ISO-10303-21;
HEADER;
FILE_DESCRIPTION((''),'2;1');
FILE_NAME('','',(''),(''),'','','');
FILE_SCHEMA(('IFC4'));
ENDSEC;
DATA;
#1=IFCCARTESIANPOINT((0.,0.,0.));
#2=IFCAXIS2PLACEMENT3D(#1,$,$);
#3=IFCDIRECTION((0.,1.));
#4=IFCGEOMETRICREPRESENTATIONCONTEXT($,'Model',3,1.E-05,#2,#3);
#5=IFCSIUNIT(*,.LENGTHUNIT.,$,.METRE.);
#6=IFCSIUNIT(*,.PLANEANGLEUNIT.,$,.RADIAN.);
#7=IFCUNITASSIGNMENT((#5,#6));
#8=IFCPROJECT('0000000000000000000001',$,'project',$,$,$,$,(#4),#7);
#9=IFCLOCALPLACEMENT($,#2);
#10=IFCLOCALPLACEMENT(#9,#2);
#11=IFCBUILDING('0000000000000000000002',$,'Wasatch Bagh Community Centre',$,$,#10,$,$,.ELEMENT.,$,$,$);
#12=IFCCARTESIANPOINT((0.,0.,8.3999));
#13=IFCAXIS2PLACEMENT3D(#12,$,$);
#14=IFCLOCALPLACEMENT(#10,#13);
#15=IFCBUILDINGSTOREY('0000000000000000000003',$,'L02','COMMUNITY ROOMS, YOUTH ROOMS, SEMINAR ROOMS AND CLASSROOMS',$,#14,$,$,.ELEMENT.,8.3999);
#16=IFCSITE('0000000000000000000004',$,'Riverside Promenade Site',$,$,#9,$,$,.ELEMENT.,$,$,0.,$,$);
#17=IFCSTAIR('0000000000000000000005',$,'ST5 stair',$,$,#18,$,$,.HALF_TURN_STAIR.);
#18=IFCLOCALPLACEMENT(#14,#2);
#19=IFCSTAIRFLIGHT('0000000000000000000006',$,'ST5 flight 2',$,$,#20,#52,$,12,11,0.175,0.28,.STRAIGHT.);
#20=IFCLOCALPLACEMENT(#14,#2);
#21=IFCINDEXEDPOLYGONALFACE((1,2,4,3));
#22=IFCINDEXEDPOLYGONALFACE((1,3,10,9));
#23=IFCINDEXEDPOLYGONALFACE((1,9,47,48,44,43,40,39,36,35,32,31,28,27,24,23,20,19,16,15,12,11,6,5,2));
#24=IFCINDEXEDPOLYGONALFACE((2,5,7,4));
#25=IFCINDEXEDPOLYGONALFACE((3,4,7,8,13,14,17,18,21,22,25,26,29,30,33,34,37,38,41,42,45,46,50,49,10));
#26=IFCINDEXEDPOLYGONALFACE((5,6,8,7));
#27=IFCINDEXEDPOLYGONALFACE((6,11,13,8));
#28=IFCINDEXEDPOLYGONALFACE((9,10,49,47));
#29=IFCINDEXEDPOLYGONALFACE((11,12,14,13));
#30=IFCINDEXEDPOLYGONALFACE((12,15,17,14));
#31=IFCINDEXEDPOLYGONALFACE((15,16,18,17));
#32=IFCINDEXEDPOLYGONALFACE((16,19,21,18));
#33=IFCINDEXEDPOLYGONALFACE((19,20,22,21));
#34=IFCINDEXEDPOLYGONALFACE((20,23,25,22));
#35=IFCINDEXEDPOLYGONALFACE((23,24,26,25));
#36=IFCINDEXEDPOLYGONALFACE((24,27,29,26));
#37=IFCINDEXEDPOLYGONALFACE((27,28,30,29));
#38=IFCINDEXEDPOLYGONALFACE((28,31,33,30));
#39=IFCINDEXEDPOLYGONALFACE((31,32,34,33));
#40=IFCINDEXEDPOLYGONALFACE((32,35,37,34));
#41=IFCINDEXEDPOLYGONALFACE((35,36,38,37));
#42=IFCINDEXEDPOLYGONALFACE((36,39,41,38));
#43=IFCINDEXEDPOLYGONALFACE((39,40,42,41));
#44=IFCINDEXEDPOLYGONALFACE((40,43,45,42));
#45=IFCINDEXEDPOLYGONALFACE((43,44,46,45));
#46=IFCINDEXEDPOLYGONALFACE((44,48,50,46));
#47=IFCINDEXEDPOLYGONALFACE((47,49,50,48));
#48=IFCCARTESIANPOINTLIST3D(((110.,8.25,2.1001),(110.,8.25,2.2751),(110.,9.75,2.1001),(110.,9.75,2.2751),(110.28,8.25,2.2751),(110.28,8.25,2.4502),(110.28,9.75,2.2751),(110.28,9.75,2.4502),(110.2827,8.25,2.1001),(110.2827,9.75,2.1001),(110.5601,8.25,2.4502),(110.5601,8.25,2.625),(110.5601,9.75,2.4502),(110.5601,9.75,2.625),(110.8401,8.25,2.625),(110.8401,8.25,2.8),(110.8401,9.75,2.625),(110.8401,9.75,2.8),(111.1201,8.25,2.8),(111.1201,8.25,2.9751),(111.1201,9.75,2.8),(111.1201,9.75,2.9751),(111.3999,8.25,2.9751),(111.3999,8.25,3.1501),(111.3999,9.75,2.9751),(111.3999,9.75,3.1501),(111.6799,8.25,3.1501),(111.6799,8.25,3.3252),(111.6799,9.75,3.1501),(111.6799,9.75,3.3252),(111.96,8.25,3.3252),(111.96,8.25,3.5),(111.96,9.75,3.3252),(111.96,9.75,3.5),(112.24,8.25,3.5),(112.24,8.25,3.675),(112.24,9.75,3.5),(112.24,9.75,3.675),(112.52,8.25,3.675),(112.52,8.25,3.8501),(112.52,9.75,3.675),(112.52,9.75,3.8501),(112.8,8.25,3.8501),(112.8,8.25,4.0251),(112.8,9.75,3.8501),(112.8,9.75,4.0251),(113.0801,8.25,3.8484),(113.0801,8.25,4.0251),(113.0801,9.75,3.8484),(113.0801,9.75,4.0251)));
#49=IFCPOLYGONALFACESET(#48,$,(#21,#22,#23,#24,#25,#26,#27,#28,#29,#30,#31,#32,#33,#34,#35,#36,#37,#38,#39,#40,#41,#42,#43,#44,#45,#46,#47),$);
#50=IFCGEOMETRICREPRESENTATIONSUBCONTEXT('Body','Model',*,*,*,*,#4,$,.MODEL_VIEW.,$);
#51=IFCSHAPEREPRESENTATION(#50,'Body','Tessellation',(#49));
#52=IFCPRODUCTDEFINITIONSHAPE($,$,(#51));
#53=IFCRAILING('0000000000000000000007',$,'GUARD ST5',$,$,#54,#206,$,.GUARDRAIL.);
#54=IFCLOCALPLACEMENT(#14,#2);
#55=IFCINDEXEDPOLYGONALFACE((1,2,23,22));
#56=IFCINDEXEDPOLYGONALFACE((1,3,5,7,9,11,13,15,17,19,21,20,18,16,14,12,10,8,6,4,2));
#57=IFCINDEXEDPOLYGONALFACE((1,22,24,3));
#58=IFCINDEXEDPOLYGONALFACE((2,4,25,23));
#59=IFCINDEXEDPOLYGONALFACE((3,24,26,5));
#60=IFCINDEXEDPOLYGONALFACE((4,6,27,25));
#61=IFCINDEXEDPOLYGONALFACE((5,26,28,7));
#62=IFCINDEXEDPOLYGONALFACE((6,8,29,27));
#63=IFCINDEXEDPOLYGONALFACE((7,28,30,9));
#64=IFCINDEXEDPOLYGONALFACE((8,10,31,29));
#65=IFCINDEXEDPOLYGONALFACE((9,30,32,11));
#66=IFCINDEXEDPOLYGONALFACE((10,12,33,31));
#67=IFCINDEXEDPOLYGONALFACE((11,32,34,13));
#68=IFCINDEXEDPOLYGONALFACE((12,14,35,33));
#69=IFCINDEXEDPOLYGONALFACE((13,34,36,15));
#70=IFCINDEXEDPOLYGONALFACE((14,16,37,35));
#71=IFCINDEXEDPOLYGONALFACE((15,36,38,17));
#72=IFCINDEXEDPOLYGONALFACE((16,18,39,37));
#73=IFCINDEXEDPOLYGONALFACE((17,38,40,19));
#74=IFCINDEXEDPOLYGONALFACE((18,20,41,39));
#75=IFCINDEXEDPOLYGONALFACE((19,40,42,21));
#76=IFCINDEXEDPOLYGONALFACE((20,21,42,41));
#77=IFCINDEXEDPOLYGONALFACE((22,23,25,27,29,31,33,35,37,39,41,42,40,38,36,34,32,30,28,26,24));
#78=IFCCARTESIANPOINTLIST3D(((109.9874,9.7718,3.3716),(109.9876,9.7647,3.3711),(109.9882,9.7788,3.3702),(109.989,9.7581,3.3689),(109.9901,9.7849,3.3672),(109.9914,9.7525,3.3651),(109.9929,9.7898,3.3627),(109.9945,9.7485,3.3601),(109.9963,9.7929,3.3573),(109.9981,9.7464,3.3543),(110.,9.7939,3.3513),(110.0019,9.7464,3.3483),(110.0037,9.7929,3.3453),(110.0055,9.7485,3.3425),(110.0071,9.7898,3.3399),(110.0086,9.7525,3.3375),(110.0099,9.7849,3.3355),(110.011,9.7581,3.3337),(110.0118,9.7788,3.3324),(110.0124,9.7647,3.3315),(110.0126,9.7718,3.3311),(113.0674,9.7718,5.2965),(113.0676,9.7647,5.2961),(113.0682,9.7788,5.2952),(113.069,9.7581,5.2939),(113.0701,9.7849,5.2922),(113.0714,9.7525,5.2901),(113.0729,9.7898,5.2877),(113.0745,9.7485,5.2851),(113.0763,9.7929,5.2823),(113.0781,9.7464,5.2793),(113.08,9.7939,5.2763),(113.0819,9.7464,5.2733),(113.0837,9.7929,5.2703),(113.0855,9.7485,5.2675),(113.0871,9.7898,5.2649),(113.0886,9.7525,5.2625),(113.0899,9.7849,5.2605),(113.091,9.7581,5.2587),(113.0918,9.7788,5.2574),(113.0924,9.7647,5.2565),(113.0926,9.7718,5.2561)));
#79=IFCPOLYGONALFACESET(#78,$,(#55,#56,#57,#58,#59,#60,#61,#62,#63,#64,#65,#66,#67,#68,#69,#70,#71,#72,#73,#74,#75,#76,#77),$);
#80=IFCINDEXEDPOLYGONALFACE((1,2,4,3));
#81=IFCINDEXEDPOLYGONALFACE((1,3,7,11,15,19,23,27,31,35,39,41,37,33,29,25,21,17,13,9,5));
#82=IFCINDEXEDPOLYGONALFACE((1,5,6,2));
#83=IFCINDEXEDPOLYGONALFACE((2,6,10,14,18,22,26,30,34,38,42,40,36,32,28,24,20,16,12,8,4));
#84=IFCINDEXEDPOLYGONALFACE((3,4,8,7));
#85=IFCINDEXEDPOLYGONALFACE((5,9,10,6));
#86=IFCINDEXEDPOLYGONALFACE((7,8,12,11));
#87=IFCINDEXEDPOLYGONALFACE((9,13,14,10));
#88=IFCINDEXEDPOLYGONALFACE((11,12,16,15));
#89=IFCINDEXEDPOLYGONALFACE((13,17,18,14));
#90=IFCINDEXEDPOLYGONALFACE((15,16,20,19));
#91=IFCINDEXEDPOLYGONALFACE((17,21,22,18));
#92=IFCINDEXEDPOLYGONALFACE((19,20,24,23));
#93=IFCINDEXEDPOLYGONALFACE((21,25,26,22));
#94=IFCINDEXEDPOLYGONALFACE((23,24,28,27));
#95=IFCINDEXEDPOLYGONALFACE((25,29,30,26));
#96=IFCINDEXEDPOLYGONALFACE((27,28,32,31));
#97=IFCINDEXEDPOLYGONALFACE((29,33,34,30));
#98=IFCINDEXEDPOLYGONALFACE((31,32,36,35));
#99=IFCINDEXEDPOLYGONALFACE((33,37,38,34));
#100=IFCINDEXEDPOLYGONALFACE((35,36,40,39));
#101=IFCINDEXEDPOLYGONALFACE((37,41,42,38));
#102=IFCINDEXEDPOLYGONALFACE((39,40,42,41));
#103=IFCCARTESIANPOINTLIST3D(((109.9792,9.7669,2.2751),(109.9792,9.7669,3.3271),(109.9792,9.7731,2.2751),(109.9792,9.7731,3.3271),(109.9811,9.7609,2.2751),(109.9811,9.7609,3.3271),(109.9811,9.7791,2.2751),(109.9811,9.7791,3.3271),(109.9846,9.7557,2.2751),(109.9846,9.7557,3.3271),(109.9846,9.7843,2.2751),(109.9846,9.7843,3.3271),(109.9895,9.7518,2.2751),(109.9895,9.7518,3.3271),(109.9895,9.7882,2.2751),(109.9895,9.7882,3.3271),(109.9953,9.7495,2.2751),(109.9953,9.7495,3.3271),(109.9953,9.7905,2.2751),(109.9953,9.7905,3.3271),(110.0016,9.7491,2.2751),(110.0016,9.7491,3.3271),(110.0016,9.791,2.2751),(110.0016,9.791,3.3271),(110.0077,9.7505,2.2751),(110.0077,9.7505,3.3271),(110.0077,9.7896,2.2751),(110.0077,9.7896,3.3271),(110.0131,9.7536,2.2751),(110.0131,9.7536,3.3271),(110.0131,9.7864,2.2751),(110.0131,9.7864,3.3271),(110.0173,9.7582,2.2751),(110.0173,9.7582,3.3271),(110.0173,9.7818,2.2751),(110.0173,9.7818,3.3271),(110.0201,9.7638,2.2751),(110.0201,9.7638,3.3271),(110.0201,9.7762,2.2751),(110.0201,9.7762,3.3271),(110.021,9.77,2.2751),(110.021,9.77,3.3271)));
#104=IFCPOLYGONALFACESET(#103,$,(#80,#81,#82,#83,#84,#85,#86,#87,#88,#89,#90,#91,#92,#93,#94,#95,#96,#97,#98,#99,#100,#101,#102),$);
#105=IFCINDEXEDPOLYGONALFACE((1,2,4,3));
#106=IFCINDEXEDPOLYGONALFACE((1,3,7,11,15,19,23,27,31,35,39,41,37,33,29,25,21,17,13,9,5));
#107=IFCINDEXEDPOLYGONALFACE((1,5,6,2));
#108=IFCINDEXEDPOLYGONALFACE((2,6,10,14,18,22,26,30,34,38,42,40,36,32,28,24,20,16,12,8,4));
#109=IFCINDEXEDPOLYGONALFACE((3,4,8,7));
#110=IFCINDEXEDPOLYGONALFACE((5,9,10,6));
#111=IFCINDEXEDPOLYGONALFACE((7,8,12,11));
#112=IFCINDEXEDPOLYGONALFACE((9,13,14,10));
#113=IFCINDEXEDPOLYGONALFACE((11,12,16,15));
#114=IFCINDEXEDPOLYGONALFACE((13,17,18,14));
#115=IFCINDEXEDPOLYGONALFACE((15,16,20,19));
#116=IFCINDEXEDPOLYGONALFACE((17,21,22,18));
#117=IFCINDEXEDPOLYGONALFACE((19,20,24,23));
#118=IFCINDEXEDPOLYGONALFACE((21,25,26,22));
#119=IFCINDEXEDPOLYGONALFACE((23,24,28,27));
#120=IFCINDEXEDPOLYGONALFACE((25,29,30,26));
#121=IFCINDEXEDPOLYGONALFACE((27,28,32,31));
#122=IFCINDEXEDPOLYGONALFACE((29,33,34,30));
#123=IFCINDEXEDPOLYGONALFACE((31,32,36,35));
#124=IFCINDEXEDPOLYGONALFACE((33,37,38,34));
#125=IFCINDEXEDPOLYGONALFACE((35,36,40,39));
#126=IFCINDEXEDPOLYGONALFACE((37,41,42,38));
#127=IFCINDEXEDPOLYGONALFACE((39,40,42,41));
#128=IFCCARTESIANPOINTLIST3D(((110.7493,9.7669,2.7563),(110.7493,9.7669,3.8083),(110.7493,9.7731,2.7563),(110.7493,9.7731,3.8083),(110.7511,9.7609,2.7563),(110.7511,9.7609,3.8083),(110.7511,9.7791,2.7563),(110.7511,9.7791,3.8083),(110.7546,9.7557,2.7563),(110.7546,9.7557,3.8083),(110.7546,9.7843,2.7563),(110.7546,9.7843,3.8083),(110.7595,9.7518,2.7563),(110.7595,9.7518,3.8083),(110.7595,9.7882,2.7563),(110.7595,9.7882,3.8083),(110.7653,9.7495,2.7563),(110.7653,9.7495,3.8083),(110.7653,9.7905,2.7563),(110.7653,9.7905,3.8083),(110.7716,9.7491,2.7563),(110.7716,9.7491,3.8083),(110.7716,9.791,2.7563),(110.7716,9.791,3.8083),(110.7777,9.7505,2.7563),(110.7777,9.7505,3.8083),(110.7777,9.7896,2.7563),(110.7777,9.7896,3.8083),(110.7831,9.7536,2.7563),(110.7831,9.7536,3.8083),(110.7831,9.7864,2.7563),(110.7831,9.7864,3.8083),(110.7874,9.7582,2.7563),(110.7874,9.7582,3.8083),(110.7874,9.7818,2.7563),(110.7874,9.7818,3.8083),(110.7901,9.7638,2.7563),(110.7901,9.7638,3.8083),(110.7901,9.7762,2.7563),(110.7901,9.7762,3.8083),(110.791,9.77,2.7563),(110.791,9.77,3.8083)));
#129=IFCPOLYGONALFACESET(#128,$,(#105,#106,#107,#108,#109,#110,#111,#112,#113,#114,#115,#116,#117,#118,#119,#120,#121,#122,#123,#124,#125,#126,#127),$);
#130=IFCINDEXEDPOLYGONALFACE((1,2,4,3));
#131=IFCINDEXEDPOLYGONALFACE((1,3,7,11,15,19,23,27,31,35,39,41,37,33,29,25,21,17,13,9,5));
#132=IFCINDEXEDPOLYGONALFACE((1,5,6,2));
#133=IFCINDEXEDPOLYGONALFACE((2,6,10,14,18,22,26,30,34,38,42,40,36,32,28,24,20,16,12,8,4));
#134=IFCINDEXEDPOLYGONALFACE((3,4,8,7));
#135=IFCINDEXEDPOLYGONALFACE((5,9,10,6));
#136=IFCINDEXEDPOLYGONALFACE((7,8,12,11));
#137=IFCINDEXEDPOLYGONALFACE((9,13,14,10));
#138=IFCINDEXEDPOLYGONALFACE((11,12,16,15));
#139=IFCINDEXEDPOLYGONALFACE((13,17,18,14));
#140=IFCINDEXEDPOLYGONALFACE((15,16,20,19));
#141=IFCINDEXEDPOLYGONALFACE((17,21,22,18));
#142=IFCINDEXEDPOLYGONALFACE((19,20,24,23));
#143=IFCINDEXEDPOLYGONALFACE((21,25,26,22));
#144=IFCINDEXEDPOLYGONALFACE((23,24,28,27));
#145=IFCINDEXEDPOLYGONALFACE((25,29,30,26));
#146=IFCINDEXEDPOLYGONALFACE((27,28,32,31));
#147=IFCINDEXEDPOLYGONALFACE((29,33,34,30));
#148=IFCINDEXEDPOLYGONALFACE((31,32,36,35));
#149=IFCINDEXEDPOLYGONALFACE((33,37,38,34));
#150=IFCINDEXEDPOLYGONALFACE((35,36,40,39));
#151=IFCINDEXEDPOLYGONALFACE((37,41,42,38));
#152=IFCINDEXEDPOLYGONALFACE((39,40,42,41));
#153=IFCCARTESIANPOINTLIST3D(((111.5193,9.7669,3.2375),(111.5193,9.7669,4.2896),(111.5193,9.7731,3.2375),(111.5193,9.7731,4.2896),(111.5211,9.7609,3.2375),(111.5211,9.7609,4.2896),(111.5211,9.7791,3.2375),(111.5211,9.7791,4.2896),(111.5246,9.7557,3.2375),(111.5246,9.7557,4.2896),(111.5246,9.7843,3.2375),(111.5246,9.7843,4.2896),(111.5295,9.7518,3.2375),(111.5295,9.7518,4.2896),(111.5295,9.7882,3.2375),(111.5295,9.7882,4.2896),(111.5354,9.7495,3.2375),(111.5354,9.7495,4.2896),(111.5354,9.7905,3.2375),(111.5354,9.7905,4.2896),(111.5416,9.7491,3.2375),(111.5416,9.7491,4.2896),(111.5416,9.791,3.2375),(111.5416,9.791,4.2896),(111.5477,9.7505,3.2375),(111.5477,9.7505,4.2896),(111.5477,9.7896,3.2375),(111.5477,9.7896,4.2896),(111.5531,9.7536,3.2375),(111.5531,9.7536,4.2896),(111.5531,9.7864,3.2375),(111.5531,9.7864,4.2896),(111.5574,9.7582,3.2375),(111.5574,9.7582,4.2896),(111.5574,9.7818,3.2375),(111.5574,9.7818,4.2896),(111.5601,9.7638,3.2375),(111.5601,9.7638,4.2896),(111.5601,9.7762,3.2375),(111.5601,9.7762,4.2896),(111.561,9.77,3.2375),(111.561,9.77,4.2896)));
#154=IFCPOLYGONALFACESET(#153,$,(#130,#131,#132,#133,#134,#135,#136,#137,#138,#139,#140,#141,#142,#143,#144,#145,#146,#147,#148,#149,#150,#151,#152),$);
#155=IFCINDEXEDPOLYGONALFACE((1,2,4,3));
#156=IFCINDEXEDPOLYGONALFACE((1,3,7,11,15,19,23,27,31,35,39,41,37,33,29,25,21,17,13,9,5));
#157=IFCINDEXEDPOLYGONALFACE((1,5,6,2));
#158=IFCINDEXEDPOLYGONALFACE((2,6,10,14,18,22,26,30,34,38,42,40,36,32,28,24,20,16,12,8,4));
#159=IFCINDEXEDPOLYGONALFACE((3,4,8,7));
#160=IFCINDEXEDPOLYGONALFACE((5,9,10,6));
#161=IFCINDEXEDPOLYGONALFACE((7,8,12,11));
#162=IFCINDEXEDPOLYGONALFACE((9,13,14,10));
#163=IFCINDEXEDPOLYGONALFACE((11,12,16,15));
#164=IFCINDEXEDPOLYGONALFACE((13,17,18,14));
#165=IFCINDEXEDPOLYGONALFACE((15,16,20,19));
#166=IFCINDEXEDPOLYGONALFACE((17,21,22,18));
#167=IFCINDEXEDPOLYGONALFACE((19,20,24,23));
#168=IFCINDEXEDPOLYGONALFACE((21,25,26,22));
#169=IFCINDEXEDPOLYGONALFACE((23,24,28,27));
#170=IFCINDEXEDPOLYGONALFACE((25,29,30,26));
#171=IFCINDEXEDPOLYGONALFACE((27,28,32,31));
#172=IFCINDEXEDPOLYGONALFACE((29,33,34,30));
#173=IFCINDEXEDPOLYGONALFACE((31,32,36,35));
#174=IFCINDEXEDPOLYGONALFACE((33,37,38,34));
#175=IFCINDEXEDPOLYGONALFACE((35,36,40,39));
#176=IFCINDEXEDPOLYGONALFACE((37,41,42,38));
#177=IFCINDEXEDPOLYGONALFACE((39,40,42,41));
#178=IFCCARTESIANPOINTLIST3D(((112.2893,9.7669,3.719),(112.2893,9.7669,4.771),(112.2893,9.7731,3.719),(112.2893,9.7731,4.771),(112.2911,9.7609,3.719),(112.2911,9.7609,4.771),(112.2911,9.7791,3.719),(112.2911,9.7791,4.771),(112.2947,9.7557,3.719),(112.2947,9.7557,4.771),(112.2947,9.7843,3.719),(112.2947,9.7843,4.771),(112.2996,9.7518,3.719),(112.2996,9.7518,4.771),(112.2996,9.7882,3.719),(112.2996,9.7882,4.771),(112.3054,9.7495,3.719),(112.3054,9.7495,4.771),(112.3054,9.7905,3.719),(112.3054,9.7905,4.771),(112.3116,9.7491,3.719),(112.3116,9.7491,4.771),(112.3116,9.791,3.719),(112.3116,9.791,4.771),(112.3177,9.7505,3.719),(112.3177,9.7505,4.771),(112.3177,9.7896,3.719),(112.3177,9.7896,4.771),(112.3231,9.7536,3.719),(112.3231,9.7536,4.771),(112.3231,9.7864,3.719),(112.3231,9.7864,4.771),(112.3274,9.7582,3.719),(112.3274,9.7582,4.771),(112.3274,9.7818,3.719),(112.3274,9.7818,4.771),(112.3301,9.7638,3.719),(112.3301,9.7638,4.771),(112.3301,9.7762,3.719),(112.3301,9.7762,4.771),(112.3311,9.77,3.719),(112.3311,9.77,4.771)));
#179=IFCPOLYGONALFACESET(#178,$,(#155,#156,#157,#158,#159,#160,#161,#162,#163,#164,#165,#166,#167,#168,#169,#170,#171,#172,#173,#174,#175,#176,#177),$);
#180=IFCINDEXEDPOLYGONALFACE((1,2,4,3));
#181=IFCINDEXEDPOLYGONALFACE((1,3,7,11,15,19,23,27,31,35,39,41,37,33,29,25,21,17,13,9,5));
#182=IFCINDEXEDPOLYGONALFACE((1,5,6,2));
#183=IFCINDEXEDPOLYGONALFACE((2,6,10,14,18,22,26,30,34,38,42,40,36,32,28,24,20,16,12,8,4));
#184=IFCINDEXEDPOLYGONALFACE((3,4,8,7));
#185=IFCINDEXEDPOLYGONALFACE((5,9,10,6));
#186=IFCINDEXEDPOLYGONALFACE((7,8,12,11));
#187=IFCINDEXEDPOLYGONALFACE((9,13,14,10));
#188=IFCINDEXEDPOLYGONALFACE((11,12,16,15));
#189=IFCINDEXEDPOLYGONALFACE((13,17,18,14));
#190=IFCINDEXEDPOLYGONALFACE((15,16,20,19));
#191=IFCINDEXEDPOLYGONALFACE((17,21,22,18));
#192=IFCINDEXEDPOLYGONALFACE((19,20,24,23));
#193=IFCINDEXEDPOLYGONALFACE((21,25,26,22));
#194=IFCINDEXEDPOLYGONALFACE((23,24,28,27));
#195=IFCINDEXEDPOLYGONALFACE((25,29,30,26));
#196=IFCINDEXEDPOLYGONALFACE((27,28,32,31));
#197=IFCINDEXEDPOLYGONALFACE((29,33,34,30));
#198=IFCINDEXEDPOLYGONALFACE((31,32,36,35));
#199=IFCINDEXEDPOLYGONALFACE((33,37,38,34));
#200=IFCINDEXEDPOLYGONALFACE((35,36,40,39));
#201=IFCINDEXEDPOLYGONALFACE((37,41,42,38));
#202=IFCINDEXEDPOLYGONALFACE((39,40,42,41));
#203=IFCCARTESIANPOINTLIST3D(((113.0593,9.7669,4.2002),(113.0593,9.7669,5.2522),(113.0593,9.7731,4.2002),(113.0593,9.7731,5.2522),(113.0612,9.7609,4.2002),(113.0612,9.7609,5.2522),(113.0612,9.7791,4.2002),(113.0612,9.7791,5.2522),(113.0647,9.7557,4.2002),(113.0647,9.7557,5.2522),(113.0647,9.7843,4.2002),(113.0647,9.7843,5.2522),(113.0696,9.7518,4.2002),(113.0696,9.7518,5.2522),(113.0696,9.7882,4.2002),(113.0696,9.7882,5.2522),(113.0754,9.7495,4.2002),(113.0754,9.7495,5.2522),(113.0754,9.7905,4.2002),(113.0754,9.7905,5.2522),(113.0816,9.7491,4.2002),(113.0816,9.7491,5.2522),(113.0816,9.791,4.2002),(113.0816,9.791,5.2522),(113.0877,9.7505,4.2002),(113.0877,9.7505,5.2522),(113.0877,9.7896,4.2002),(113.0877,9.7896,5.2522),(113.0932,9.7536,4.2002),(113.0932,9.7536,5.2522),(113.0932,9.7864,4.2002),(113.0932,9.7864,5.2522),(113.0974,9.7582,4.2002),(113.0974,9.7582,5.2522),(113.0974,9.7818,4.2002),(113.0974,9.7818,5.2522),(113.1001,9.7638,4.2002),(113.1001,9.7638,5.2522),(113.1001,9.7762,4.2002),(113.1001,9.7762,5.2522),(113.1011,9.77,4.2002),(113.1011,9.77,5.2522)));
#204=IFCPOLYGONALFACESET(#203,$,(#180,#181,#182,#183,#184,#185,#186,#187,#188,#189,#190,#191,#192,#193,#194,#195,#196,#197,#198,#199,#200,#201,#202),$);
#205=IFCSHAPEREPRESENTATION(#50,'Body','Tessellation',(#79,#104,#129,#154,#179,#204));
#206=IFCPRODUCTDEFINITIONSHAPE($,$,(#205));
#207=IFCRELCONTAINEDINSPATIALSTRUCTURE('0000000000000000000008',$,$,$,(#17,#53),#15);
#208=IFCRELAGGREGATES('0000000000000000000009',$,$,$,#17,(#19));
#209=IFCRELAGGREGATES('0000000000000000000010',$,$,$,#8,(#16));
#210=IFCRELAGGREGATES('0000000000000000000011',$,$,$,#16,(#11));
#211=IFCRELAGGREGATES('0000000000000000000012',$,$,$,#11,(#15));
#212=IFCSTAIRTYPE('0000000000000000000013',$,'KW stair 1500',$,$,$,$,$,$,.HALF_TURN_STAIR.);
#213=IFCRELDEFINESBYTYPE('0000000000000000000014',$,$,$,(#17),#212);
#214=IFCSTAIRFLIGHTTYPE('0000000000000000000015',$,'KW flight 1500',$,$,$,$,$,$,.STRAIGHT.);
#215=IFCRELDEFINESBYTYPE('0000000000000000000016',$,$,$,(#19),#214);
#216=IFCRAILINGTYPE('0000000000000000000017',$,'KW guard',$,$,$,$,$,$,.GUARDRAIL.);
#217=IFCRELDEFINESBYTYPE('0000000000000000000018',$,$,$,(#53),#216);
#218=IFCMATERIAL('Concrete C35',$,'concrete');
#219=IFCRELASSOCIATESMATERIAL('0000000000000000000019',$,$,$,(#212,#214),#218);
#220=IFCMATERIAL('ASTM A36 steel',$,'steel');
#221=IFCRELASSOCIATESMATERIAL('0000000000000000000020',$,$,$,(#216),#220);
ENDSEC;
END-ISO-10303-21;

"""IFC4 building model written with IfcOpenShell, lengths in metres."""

from ifc_helpers import new_model, si_unit, direction, frame, origin, origin_2d, place, context, subcontext, project, spatial, polyline, circle, outline, extrude, material, type_object, element, aggregate, save


model = new_model("IFC4")

# Units and contexts
model_context = context("Model", 3, precision=1e-05, world=origin(), true_north=direction((0.0, 1.0)))
body_context = subcontext(model_context, "Body", "Model", "MODEL_VIEW")
ifc_project = project(units=[si_unit("LENGTHUNIT", "METRE"), si_unit("PLANEANGLEUNIT", "RADIAN")], contexts=[model_context])

# Site, building, storey
site_placement = place(None, origin())
site = spatial("IfcSite", under=ifc_project, at=site_placement, Name="Riverside Promenade Site", CompositionType="ELEMENT", RefElevation=0.0)
building_placement = place(site_placement, origin())
building = spatial("IfcBuilding", under=site, at=building_placement, Name="Wasatch Bagh Community Centre", CompositionType="ELEMENT")
storey_placement = place(building_placement, frame((0.0, 0.0, 8.3999)))
storey = spatial("IfcBuildingStorey", under=building, at=storey_placement, Name="L02", Description="COMMUNITY ROOMS, YOUTH ROOMS, SEMINAR ROOMS AND CLASSROOMS", CompositionType="ELEMENT", Elevation=8.3999)

# Stair, stair flight
ifc_material_1 = material(Name="Concrete C35", Category="concrete")
stair_type = type_object("IfcStairType", Name="KW stair 1500", PredefinedType="HALF_TURN_STAIR", material=ifc_material_1)
stair_placement = place(storey_placement, origin())
stair = element("IfcStair", 1, at=stair_placement, inside=storey, type_object=stair_type, Name="ST5 stair", PredefinedType="HALF_TURN_STAIR")
stair_flight_type = type_object("IfcStairFlightType", Name="KW flight 1500", PredefinedType="STRAIGHT", material=ifc_material_1)
stair_flight_placement = place(storey_placement, frame((110.0, 9.0, 2.1001), z_axis=(0.0, 0.0, 1.0), x_axis=(1.0, 0.0, 0.0)))
stair_flight = element("IfcStairFlight", 2, at=stair_flight_placement, type_object=stair_flight_type, Name="ST5 flight 2", NumberOfRisers=12, NumberOfTreads=11, PredefinedType="STRAIGHT", RiserHeight=0.175, TreadLength=0.28, context=body_context, shape_type="SweptSolid", body=[
    extrude(outline(polyline([(0.0, 0.0), (0.0, 0.175), (0.28, 0.175), (0.28, 0.3501), (0.5601, 0.3501), (0.5601, 0.5249), (0.8401, 0.5249), (0.8401, 0.7), (1.1201, 0.7), (1.1201, 0.875), (1.3999, 0.875), (1.3999, 1.05), (1.6799, 1.05), (1.6799, 1.2251), (1.96, 1.2251), (1.96, 1.3999), (2.24, 1.3999), (2.24, 1.575), (2.52, 1.575), (2.52, 1.75), (2.8, 1.75), (2.8, 1.925), (3.0801, 1.925), (3.0801, 2.1001), (3.0801, 1.7483), (0.2827, 0.0), (0.0, 0.0)])), frame((0.0, 0.75, 0.0), z_axis=(0.0, -1.0, 0.0), x_axis=(1.0, 0.0, 0.0)), (0.0, 0.0, 1.0), 1.5),
])
aggregate(stair, [stair_flight])

# Railing
ifc_material_2 = material(Name="ASTM A36 steel", Category="steel")
railing_type_1 = type_object("IfcRailingType", Name="KW guard", PredefinedType="GUARDRAIL", material=ifc_material_2)
for number, where, name in (
    (3, (110.0, 9.77, 2.2751), "GUARD ST5"),
):
    element("IfcRailing", number, at=place(storey_placement, frame(where)), inside=storey, type_object=railing_type_1, Name=name, PredefinedType="GUARDRAIL", context=body_context, shape_type="SweptSolid", body=[
        extrude(circle(Radius=0.0239, at=origin_2d()), frame((0.0, 0.0, 1.0762), z_axis=(0.847998, 0.0, 0.529999), x_axis=(0.0, 1.0, 0.0)), (0.0, 0.0, 1.0), 3.6321),
        extrude(circle(Radius=0.021, at=origin_2d()), origin(), (0.0, 0.0, 1.0), 1.052),
        extrude(circle(Radius=0.021, at=origin_2d()), frame((0.77, 0.0, 0.4812)), (0.0, 0.0, 1.0), 1.052),
        extrude(circle(Radius=0.021, at=origin_2d()), frame((1.54, 0.0, 0.9624)), (0.0, 0.0, 1.0), 1.052),
        extrude(circle(Radius=0.021, at=origin_2d()), frame((2.3101, 0.0, 1.4438)), (0.0, 0.0, 1.0), 1.052),
        extrude(circle(Radius=0.021, at=origin_2d()), frame((3.0801, 0.0, 1.925)), (0.0, 0.0, 1.0), 1.052),
    ])

save(model, "model.ifc")
